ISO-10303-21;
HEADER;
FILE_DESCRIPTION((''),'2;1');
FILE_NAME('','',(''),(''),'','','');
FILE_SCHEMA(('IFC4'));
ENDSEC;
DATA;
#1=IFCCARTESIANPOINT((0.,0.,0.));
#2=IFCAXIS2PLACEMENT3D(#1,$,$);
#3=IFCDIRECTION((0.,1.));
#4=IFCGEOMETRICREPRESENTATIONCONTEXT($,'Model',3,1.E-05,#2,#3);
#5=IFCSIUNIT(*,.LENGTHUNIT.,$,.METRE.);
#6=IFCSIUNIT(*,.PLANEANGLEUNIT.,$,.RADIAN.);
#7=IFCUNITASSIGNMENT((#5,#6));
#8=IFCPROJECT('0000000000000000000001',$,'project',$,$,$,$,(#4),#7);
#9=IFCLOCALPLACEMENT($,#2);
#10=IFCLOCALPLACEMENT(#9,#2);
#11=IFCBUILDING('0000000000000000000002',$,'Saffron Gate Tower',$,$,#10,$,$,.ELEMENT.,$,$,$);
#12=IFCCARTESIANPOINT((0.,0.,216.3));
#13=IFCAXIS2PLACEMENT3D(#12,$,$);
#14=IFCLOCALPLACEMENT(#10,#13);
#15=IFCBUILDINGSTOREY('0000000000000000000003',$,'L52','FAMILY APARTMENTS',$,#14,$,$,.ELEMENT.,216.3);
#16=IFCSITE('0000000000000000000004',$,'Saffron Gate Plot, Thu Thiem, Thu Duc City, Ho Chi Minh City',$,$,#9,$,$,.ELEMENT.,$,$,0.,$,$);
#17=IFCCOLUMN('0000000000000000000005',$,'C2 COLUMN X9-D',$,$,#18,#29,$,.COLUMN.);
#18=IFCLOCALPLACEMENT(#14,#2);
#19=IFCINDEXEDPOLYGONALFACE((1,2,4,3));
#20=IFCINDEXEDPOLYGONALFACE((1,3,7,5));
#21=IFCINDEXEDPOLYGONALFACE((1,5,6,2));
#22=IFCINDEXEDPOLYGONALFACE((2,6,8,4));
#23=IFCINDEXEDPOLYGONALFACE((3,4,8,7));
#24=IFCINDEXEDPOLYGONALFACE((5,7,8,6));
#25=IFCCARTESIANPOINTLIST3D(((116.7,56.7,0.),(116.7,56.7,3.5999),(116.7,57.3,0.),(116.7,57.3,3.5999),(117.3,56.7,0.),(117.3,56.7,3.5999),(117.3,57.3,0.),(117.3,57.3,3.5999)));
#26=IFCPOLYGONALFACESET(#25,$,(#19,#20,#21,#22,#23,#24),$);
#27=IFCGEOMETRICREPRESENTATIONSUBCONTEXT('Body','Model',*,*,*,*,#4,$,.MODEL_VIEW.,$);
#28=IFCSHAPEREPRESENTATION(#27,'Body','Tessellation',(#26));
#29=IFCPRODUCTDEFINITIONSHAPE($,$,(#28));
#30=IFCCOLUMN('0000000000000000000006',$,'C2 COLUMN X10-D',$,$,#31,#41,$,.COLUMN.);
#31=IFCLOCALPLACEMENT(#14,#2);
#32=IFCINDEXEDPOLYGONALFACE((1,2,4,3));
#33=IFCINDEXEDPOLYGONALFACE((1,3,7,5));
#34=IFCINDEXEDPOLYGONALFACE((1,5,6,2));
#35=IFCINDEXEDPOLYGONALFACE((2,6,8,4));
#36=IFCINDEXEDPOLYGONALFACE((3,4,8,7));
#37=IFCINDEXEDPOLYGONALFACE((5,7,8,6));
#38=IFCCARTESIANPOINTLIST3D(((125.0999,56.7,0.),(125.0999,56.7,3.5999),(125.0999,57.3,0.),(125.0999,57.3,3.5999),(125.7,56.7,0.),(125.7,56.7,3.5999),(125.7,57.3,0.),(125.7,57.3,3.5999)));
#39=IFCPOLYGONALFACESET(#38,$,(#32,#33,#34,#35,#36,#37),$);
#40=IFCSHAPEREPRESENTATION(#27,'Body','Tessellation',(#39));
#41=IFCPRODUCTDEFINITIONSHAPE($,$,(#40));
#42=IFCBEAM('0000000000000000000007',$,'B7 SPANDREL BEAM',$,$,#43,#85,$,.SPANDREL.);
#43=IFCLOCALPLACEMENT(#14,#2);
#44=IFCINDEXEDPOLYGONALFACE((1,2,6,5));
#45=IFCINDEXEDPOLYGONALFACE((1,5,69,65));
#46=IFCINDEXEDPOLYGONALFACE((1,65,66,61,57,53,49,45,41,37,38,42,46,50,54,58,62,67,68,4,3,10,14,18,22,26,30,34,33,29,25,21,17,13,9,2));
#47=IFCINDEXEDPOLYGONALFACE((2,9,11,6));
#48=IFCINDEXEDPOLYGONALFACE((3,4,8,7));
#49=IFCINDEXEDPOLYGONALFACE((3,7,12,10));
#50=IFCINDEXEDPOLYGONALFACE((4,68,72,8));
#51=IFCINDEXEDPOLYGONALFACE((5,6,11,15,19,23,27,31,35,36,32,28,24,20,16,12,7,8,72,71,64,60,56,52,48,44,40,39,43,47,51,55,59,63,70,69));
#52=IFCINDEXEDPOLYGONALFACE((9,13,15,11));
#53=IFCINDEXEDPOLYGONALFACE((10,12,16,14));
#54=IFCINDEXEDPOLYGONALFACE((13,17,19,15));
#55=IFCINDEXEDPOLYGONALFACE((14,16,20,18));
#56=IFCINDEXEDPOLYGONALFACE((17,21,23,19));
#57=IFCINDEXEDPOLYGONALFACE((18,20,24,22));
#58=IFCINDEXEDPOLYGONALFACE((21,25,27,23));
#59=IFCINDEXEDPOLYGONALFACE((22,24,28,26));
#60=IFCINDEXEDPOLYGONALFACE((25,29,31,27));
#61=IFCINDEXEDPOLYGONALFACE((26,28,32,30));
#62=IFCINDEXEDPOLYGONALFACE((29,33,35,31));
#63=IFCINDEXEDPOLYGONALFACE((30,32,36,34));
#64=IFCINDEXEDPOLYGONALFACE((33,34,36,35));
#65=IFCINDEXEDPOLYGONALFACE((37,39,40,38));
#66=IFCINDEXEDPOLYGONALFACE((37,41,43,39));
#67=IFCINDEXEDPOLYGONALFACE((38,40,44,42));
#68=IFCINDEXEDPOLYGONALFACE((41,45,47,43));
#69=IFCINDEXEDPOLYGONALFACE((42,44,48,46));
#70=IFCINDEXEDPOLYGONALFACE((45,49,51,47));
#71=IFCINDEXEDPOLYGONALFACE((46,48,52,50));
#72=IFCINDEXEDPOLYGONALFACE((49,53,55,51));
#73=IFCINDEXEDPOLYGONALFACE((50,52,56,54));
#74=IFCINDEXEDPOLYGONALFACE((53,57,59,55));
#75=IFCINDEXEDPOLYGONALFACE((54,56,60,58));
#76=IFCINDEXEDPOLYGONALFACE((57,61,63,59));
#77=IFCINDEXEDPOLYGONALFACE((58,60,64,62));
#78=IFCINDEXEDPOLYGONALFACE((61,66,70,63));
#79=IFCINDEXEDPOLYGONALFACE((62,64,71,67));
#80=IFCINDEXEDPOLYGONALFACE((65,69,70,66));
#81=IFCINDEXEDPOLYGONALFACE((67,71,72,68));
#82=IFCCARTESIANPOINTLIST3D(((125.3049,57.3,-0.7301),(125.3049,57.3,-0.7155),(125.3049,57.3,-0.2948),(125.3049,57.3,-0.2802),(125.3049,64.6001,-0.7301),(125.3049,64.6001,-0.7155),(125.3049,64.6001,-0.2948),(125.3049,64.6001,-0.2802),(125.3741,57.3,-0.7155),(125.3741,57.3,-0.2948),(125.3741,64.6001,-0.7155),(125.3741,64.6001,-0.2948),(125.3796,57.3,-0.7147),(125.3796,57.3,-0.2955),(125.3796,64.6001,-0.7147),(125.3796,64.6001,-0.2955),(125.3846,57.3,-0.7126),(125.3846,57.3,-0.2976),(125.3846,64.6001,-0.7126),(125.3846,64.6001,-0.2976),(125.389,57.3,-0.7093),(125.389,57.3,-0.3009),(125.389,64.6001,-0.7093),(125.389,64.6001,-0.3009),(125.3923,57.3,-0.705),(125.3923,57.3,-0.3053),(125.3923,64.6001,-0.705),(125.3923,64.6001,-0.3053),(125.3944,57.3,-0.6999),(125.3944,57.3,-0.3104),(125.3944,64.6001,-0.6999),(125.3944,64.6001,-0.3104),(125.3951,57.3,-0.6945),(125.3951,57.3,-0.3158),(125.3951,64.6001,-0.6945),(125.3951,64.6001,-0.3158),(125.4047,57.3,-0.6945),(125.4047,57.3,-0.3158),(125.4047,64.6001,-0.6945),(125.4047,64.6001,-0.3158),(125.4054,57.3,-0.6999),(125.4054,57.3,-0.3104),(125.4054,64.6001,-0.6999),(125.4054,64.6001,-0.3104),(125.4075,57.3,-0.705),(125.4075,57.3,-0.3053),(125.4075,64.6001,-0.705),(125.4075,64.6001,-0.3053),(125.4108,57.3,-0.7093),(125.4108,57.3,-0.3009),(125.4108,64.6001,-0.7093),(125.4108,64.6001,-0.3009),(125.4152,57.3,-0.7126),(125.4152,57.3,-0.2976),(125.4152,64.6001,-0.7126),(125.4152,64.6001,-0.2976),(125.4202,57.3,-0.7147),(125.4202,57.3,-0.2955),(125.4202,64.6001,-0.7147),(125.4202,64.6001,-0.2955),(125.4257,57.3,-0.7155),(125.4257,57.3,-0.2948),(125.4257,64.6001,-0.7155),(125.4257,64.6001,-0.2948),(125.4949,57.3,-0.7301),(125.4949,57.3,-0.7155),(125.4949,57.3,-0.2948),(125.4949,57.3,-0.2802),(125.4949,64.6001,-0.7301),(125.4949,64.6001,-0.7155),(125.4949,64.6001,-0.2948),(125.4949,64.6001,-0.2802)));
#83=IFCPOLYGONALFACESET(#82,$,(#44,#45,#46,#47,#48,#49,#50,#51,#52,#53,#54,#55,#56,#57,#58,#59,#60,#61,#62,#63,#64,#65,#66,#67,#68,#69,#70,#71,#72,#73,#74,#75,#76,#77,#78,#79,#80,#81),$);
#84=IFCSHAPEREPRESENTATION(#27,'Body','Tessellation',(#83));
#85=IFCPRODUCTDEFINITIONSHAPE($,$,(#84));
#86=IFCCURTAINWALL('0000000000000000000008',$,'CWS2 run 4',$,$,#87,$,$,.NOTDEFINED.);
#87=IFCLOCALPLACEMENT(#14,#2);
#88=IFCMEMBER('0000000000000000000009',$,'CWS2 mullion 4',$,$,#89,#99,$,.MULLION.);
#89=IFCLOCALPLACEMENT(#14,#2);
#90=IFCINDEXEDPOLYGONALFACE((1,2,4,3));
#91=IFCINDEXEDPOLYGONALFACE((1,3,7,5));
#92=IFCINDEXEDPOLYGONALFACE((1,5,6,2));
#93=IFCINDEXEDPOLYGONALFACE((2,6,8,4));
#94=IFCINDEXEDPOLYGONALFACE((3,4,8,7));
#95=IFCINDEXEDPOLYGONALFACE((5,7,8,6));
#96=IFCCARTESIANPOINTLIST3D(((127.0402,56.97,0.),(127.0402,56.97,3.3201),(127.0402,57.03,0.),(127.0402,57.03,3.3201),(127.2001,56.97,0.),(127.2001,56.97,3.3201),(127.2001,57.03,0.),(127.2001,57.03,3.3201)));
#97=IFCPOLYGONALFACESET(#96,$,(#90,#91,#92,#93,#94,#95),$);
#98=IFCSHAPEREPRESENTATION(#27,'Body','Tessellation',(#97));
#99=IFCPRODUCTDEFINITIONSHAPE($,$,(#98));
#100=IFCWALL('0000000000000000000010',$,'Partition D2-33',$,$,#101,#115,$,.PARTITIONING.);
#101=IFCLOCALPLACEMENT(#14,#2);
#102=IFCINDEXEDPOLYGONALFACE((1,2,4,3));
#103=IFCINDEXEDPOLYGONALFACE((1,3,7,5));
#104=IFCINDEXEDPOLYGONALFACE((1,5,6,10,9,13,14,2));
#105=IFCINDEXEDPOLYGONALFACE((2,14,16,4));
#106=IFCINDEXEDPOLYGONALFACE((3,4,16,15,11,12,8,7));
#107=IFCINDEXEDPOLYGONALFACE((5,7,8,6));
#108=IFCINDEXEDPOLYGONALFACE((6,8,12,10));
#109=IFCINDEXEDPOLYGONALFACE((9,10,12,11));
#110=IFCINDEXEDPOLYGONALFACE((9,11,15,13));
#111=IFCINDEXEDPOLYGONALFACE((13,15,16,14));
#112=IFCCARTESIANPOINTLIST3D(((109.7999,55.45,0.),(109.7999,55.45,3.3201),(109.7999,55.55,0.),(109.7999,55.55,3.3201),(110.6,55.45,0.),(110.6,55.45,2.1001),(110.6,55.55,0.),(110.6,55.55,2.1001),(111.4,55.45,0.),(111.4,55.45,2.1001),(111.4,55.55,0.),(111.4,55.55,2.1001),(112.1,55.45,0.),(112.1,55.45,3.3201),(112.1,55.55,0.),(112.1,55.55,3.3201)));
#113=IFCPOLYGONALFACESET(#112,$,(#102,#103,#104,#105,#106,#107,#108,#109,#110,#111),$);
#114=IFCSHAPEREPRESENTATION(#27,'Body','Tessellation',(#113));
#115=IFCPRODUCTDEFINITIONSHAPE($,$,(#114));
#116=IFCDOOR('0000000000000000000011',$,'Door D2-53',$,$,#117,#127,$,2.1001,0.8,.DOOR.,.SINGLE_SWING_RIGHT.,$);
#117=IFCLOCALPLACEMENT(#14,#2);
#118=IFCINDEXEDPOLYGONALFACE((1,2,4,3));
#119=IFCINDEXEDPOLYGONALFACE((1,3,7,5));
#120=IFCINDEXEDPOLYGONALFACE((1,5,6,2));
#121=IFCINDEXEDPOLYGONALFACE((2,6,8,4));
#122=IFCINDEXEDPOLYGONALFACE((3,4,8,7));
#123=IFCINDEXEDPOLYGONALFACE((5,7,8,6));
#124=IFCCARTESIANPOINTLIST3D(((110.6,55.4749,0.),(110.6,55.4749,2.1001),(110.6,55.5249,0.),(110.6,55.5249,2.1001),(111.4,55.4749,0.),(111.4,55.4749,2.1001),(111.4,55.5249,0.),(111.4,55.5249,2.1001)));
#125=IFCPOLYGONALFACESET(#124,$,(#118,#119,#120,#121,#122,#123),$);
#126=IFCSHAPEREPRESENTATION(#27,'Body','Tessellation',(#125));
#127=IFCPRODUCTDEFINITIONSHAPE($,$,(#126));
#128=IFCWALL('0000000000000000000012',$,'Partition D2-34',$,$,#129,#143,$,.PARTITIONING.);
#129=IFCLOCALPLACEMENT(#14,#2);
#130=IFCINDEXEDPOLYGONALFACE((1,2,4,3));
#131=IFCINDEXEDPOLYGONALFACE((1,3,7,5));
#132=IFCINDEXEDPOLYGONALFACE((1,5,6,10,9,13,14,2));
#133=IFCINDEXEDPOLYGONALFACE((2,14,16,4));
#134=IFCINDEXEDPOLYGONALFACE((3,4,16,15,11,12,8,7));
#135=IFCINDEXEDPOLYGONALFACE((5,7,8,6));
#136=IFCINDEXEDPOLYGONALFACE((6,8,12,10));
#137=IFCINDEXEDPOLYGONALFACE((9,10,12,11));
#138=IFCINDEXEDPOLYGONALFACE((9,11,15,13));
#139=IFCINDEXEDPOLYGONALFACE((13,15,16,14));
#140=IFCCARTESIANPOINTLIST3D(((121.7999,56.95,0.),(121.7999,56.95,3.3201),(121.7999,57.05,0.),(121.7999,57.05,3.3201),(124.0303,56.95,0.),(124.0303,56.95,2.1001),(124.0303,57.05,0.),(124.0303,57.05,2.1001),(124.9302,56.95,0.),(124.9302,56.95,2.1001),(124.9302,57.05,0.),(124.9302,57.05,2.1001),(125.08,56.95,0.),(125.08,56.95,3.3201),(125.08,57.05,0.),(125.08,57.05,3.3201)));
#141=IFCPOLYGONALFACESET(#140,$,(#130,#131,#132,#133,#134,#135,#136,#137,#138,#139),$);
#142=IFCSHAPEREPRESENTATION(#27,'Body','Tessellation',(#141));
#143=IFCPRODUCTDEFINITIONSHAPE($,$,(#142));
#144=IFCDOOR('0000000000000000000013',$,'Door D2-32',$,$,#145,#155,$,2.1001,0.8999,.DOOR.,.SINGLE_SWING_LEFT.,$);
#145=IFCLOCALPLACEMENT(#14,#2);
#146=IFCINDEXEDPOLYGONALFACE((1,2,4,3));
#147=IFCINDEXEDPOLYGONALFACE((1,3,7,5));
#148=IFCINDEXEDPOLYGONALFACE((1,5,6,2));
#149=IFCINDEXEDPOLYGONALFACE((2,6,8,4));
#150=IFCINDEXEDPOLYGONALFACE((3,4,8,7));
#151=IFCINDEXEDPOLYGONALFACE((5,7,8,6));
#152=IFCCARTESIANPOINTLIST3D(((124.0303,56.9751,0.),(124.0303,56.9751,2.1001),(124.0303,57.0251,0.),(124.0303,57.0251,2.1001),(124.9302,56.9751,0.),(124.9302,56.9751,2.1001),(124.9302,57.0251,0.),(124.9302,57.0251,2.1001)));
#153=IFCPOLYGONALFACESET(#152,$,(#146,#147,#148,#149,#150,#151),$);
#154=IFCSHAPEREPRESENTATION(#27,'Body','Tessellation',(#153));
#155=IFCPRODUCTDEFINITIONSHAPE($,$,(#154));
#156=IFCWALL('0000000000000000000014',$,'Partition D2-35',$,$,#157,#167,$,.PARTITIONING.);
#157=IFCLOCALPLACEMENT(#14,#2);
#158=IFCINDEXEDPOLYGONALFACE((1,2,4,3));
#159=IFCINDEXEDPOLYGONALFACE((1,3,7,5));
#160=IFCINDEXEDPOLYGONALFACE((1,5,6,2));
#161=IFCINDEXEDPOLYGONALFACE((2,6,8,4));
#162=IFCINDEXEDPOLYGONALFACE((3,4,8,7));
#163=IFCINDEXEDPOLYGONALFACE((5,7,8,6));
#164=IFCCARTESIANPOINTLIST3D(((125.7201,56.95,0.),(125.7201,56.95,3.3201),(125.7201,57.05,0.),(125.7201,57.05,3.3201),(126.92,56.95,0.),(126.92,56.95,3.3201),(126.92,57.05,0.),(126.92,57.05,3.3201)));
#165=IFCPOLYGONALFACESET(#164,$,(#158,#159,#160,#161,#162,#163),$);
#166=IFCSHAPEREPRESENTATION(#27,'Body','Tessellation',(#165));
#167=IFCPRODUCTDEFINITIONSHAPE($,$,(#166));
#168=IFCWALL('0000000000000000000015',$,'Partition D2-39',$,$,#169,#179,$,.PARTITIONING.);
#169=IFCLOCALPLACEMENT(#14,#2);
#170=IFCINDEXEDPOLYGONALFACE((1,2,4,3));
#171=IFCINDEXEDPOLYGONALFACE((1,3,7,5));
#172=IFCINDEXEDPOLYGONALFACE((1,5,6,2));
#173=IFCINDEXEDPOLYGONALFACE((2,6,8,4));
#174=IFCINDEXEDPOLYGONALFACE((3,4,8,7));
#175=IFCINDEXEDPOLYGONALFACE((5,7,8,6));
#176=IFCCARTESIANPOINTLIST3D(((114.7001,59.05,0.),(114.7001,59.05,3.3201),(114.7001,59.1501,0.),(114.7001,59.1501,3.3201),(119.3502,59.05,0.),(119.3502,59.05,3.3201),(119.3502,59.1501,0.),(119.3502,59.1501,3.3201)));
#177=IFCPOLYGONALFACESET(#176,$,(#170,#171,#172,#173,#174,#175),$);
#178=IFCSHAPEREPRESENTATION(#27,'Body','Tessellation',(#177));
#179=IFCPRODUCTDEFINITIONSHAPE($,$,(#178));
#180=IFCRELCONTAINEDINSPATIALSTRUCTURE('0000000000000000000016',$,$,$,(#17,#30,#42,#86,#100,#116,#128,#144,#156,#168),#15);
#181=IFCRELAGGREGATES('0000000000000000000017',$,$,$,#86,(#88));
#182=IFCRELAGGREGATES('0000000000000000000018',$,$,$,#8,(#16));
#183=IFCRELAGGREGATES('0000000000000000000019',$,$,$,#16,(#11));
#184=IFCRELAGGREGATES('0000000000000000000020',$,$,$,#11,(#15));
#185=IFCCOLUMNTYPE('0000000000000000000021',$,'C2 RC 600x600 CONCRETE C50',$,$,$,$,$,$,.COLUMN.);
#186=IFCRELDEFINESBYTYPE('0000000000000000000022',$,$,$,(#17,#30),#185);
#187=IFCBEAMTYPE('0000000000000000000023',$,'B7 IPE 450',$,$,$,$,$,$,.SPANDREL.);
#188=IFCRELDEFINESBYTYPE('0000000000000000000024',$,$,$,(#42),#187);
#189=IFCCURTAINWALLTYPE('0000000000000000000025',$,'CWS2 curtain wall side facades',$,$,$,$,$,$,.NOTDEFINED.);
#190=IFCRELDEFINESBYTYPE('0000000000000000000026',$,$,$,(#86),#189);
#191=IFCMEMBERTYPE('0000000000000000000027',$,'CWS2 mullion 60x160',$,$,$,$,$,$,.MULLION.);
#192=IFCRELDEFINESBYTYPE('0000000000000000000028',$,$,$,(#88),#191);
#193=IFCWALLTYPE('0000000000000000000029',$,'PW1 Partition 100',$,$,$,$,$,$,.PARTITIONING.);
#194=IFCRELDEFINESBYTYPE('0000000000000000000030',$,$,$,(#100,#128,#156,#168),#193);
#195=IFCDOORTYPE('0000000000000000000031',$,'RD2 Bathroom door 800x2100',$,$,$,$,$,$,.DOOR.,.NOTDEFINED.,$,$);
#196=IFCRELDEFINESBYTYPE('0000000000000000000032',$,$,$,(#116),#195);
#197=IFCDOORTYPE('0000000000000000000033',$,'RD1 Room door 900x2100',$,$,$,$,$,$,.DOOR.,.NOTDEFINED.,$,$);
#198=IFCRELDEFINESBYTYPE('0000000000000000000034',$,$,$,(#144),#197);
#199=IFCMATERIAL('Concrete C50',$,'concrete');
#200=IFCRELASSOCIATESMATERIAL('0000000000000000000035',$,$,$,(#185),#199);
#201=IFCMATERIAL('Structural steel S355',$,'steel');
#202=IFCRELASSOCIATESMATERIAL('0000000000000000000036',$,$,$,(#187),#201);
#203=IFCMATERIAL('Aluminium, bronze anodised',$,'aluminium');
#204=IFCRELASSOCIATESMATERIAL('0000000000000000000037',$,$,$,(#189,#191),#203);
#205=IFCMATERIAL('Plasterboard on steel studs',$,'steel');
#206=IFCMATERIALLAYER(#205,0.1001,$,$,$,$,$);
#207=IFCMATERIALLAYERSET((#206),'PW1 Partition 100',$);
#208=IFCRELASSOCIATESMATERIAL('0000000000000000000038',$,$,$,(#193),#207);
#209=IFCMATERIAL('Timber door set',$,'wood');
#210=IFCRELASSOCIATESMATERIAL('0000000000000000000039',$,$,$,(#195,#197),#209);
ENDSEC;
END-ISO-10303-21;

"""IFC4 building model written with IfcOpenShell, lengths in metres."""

from ifc_helpers import new_model, si_unit, direction, frame, frame_2d, origin, origin_2d, place, context, subcontext, project, spatial, rectangle, i_section, extrude, material, layer, layer_set, material_profile, profile_set, type_object, element, fill, aggregate, save


model = new_model("IFC4")

# Units and contexts
model_context = context("Model", 3, precision=1e-05, world=origin(), true_north=direction((0.0, 1.0)))
body_context = subcontext(model_context, "Body", "Model", "MODEL_VIEW")
ifc_project = project(units=[si_unit("LENGTHUNIT", "METRE"), si_unit("PLANEANGLEUNIT", "RADIAN")], contexts=[model_context])

# Site, building, storey
site_placement = place(None, origin())
site = spatial("IfcSite", under=ifc_project, at=site_placement, Name="Saffron Gate Plot, Thu Thiem, Thu Duc City, Ho Chi Minh City", CompositionType="ELEMENT", RefElevation=0.0)
building_placement = place(site_placement, origin())
building = spatial("IfcBuilding", under=site, at=building_placement, Name="Saffron Gate Tower", CompositionType="ELEMENT")
storey_placement = place(building_placement, frame((0.0, 0.0, 216.3)))
storey = spatial("IfcBuildingStorey", under=building, at=storey_placement, Name="L52", Description="FAMILY APARTMENTS", CompositionType="ELEMENT", Elevation=216.3)

# Columns
ifc_material_1 = material(Name="Concrete C50", Category="concrete")
ifc_material_profile_1 = material_profile(ifc_material_1, rectangle(XDim=0.6001, YDim=0.6001, at=origin_2d()))
ifc_profile_set_1 = profile_set([ifc_material_profile_1], Name="Concrete C50")
column_type = type_object("IfcColumnType", Name="C2 RC 600x600 CONCRETE C50", PredefinedType="COLUMN", material=ifc_profile_set_1)
for number, where, z_axis, x_axis, name in (
    (1, (117.0, 57.0, 0.0), (0.0, 0.0, 1.0), (1.0, 0.0, 0.0), "C2 COLUMN X9-D"),
    (2, (125.3999, 57.0, 0.0), (0.0, 0.0, 1.0), (1.0, 0.0, 0.0), "C2 COLUMN X10-D"),
):
    element("IfcColumn", number, at=place(storey_placement, frame(where, z_axis=z_axis, x_axis=x_axis)), inside=storey, type_object=column_type, Name=name, PredefinedType="COLUMN", context=body_context, shape_type="SweptSolid", body=[
        extrude(rectangle(XDim=0.6001, YDim=0.6001, at=origin_2d()), origin(), (0.0, 0.0, 1.0), 3.5999),
    ])

# Beam
ifc_material_2 = material(Name="Structural steel S355", Category="steel")
ifc_material_profile_2 = material_profile(ifc_material_2, i_section(OverallWidth=0.1899, OverallDepth=0.45, WebThickness=0.0095, FlangeThickness=0.0146, FilletRadius=0.021, at=origin_2d()))
ifc_profile_set_2 = profile_set([ifc_material_profile_2], Name="Structural steel S355")
beam_type = type_object("IfcBeamType", Name="B7 IPE 450", PredefinedType="SPANDREL", material=ifc_profile_set_2)
beam_placement = place(storey_placement, frame((125.3999, 57.3, -0.5051), z_axis=(0.0, 1.0, 0.0), x_axis=(-1.0, 0.0, 0.0)))
element("IfcBeam", 3, at=beam_placement, inside=storey, type_object=beam_type, Name="B7 SPANDREL BEAM", PredefinedType="SPANDREL", context=body_context, shape_type="SweptSolid", body=[
    extrude(i_section(OverallWidth=0.1899, OverallDepth=0.45, WebThickness=0.0095, FlangeThickness=0.0146, FilletRadius=0.021, at=origin_2d()), origin(), (0.0, 0.0, 1.0), 7.3),
])

# Curtain wall, member
ifc_material_3 = material(Name="Aluminium, bronze anodised", Category="aluminium")
curtain_wall_type = type_object("IfcCurtainWallType", Name="CWS2 curtain wall side facades", PredefinedType="NOTDEFINED", material=ifc_material_3)
curtain_wall_placement = place(storey_placement, origin())
curtain_wall = element("IfcCurtainWall", 4, at=curtain_wall_placement, inside=storey, type_object=curtain_wall_type, Name="CWS2 run 4", PredefinedType="NOTDEFINED")
ifc_material_profile_3 = material_profile(ifc_material_3, rectangle(XDim=0.1599, YDim=0.0601, at=origin_2d()))
ifc_profile_set_3 = profile_set([ifc_material_profile_3], Name="Aluminium, bronze anodised")
member_type = type_object("IfcMemberType", Name="CWS2 mullion 60x160", PredefinedType="MULLION", material=ifc_profile_set_3)
member_placement = place(storey_placement, frame((127.1201, 57.0, 0.0), z_axis=(0.0, 0.0, 1.0), x_axis=(-1.0, 0.0, 0.0)))
member = element("IfcMember", 5, at=member_placement, type_object=member_type, Name="CWS2 mullion 4", PredefinedType="MULLION", context=body_context, shape_type="SweptSolid", body=[
    extrude(rectangle(XDim=0.1599, YDim=0.0601, at=origin_2d()), origin(), (0.0, 0.0, 1.0), 3.3201),
])
aggregate(curtain_wall, [member])

# Walls, openings, doors
ifc_material_4 = material(Name="Plasterboard on steel studs", Category="steel")
ifc_layer_1 = layer(ifc_material_4, 0.1001)
ifc_layer_set_1 = layer_set([ifc_layer_1], Name="PW1 Partition 100")
wall_type_1 = type_object("IfcWallType", Name="PW1 Partition 100", PredefinedType="PARTITIONING", material=ifc_layer_set_1)
wall_1_placement = place(storey_placement, frame((109.8, 55.5, 0.0), z_axis=(0.0, 0.0, 1.0), x_axis=(1.0, 0.0, 0.0)))
wall_1 = element("IfcWall", 6, at=wall_1_placement, inside=storey, type_object=wall_type_1, Name="Partition D2-33", PredefinedType="PARTITIONING", context=body_context, shape_type="SweptSolid", body=[
    extrude(rectangle(XDim=2.3, YDim=0.1001, at=frame_2d((1.1499, 0.0))), origin(), (0.0, 0.0, 1.0), 3.3201),
])
opening_1_placement = place(wall_1_placement, frame((0.8, 0.0, 0.0)))
opening_1 = element("IfcOpeningElement", 7, at=opening_1_placement, cuts=wall_1, PredefinedType="OPENING", context=body_context, shape_type="SweptSolid", body=[
    extrude(rectangle(XDim=0.8, YDim=2.1001, at=frame_2d((0.3999, 1.05))), frame((0.0, 0.0601, 0.0), z_axis=(0.0, -1.0, 0.0), x_axis=(1.0, 0.0, 0.0)), (0.0, 0.0, 1.0), 0.1201),
])
ifc_material_5 = material(Name="Timber door set", Category="wood")
door_type_1 = type_object("IfcDoorType", Name="RD2 Bathroom door 800x2100", OperationType="NOTDEFINED", PredefinedType="DOOR", material=ifc_material_5)
door_1_placement = place(opening_1_placement, origin())
door_1 = element("IfcDoor", 8, at=door_1_placement, inside=storey, type_object=door_type_1, Name="Door D2-53", OperationType="SINGLE_SWING_RIGHT", OverallHeight=2.1001, OverallWidth=0.8, PredefinedType="DOOR", context=body_context, shape_type="SweptSolid", body=[
    extrude(rectangle(XDim=0.8, YDim=2.1001, at=frame_2d((0.3999, 1.05))), frame((0.0, 0.0249, 0.0), z_axis=(0.0, -1.0, 0.0), x_axis=(1.0, 0.0, 0.0)), (0.0, 0.0, 1.0), 0.05),
])
fill(opening_1, door_1)
wall_2_placement = place(storey_placement, frame((125.0801, 57.0, 0.0), z_axis=(0.0, 0.0, 1.0), x_axis=(-1.0, 0.0, 0.0)))
wall_2 = element("IfcWall", 9, at=wall_2_placement, inside=storey, type_object=wall_type_1, Name="Partition D2-34", PredefinedType="PARTITIONING", context=body_context, shape_type="SweptSolid", body=[
    extrude(rectangle(XDim=3.28, YDim=0.1001, at=frame_2d((1.6401, 0.0))), origin(), (0.0, 0.0, 1.0), 3.3201),
])
opening_2_placement = place(wall_2_placement, frame((0.1499, 0.0, 0.0)))
opening_2 = element("IfcOpeningElement", 10, at=opening_2_placement, cuts=wall_2, PredefinedType="OPENING", context=body_context, shape_type="SweptSolid", body=[
    extrude(rectangle(XDim=0.8999, YDim=2.1001, at=frame_2d((0.45, 1.05))), frame((0.0, 0.0601, 0.0), z_axis=(0.0, -1.0, 0.0), x_axis=(1.0, 0.0, 0.0)), (0.0, 0.0, 1.0), 0.1201),
])
door_type_2 = type_object("IfcDoorType", Name="RD1 Room door 900x2100", OperationType="NOTDEFINED", PredefinedType="DOOR", material=ifc_material_5)
door_2_placement = place(opening_2_placement, origin())
door_2 = element("IfcDoor", 11, at=door_2_placement, inside=storey, type_object=door_type_2, Name="Door D2-32", OperationType="SINGLE_SWING_LEFT", OverallHeight=2.1001, OverallWidth=0.8999, PredefinedType="DOOR", context=body_context, shape_type="SweptSolid", body=[
    extrude(rectangle(XDim=0.8999, YDim=2.1001, at=frame_2d((0.45, 1.05))), frame((0.0, 0.0249, 0.0), z_axis=(0.0, -1.0, 0.0), x_axis=(1.0, 0.0, 0.0)), (0.0, 0.0, 1.0), 0.05),
])
fill(opening_2, door_2)

# Walls
wall_3_placement = place(storey_placement, frame((125.72, 57.0, 0.0), z_axis=(0.0, 0.0, 1.0), x_axis=(1.0, 0.0, 0.0)))
element("IfcWall", 12, at=wall_3_placement, inside=storey, type_object=wall_type_1, Name="Partition D2-35", PredefinedType="PARTITIONING", context=body_context, shape_type="SweptSolid", body=[
    extrude(rectangle(XDim=1.2, YDim=0.1001, at=frame_2d((0.6001, 0.0))), origin(), (0.0, 0.0, 1.0), 3.3201),
])
wall_4_placement = place(storey_placement, frame((114.7, 59.1001, 0.0), z_axis=(0.0, 0.0, 1.0), x_axis=(1.0, 0.0, 0.0)))
element("IfcWall", 13, at=wall_4_placement, inside=storey, type_object=wall_type_1, Name="Partition D2-39", PredefinedType="PARTITIONING", context=body_context, shape_type="SweptSolid", body=[
    extrude(rectangle(XDim=4.6501, YDim=0.1001, at=frame_2d((2.3252, 0.0))), origin(), (0.0, 0.0, 1.0), 3.3201),
])

save(model, "model.ifc")
